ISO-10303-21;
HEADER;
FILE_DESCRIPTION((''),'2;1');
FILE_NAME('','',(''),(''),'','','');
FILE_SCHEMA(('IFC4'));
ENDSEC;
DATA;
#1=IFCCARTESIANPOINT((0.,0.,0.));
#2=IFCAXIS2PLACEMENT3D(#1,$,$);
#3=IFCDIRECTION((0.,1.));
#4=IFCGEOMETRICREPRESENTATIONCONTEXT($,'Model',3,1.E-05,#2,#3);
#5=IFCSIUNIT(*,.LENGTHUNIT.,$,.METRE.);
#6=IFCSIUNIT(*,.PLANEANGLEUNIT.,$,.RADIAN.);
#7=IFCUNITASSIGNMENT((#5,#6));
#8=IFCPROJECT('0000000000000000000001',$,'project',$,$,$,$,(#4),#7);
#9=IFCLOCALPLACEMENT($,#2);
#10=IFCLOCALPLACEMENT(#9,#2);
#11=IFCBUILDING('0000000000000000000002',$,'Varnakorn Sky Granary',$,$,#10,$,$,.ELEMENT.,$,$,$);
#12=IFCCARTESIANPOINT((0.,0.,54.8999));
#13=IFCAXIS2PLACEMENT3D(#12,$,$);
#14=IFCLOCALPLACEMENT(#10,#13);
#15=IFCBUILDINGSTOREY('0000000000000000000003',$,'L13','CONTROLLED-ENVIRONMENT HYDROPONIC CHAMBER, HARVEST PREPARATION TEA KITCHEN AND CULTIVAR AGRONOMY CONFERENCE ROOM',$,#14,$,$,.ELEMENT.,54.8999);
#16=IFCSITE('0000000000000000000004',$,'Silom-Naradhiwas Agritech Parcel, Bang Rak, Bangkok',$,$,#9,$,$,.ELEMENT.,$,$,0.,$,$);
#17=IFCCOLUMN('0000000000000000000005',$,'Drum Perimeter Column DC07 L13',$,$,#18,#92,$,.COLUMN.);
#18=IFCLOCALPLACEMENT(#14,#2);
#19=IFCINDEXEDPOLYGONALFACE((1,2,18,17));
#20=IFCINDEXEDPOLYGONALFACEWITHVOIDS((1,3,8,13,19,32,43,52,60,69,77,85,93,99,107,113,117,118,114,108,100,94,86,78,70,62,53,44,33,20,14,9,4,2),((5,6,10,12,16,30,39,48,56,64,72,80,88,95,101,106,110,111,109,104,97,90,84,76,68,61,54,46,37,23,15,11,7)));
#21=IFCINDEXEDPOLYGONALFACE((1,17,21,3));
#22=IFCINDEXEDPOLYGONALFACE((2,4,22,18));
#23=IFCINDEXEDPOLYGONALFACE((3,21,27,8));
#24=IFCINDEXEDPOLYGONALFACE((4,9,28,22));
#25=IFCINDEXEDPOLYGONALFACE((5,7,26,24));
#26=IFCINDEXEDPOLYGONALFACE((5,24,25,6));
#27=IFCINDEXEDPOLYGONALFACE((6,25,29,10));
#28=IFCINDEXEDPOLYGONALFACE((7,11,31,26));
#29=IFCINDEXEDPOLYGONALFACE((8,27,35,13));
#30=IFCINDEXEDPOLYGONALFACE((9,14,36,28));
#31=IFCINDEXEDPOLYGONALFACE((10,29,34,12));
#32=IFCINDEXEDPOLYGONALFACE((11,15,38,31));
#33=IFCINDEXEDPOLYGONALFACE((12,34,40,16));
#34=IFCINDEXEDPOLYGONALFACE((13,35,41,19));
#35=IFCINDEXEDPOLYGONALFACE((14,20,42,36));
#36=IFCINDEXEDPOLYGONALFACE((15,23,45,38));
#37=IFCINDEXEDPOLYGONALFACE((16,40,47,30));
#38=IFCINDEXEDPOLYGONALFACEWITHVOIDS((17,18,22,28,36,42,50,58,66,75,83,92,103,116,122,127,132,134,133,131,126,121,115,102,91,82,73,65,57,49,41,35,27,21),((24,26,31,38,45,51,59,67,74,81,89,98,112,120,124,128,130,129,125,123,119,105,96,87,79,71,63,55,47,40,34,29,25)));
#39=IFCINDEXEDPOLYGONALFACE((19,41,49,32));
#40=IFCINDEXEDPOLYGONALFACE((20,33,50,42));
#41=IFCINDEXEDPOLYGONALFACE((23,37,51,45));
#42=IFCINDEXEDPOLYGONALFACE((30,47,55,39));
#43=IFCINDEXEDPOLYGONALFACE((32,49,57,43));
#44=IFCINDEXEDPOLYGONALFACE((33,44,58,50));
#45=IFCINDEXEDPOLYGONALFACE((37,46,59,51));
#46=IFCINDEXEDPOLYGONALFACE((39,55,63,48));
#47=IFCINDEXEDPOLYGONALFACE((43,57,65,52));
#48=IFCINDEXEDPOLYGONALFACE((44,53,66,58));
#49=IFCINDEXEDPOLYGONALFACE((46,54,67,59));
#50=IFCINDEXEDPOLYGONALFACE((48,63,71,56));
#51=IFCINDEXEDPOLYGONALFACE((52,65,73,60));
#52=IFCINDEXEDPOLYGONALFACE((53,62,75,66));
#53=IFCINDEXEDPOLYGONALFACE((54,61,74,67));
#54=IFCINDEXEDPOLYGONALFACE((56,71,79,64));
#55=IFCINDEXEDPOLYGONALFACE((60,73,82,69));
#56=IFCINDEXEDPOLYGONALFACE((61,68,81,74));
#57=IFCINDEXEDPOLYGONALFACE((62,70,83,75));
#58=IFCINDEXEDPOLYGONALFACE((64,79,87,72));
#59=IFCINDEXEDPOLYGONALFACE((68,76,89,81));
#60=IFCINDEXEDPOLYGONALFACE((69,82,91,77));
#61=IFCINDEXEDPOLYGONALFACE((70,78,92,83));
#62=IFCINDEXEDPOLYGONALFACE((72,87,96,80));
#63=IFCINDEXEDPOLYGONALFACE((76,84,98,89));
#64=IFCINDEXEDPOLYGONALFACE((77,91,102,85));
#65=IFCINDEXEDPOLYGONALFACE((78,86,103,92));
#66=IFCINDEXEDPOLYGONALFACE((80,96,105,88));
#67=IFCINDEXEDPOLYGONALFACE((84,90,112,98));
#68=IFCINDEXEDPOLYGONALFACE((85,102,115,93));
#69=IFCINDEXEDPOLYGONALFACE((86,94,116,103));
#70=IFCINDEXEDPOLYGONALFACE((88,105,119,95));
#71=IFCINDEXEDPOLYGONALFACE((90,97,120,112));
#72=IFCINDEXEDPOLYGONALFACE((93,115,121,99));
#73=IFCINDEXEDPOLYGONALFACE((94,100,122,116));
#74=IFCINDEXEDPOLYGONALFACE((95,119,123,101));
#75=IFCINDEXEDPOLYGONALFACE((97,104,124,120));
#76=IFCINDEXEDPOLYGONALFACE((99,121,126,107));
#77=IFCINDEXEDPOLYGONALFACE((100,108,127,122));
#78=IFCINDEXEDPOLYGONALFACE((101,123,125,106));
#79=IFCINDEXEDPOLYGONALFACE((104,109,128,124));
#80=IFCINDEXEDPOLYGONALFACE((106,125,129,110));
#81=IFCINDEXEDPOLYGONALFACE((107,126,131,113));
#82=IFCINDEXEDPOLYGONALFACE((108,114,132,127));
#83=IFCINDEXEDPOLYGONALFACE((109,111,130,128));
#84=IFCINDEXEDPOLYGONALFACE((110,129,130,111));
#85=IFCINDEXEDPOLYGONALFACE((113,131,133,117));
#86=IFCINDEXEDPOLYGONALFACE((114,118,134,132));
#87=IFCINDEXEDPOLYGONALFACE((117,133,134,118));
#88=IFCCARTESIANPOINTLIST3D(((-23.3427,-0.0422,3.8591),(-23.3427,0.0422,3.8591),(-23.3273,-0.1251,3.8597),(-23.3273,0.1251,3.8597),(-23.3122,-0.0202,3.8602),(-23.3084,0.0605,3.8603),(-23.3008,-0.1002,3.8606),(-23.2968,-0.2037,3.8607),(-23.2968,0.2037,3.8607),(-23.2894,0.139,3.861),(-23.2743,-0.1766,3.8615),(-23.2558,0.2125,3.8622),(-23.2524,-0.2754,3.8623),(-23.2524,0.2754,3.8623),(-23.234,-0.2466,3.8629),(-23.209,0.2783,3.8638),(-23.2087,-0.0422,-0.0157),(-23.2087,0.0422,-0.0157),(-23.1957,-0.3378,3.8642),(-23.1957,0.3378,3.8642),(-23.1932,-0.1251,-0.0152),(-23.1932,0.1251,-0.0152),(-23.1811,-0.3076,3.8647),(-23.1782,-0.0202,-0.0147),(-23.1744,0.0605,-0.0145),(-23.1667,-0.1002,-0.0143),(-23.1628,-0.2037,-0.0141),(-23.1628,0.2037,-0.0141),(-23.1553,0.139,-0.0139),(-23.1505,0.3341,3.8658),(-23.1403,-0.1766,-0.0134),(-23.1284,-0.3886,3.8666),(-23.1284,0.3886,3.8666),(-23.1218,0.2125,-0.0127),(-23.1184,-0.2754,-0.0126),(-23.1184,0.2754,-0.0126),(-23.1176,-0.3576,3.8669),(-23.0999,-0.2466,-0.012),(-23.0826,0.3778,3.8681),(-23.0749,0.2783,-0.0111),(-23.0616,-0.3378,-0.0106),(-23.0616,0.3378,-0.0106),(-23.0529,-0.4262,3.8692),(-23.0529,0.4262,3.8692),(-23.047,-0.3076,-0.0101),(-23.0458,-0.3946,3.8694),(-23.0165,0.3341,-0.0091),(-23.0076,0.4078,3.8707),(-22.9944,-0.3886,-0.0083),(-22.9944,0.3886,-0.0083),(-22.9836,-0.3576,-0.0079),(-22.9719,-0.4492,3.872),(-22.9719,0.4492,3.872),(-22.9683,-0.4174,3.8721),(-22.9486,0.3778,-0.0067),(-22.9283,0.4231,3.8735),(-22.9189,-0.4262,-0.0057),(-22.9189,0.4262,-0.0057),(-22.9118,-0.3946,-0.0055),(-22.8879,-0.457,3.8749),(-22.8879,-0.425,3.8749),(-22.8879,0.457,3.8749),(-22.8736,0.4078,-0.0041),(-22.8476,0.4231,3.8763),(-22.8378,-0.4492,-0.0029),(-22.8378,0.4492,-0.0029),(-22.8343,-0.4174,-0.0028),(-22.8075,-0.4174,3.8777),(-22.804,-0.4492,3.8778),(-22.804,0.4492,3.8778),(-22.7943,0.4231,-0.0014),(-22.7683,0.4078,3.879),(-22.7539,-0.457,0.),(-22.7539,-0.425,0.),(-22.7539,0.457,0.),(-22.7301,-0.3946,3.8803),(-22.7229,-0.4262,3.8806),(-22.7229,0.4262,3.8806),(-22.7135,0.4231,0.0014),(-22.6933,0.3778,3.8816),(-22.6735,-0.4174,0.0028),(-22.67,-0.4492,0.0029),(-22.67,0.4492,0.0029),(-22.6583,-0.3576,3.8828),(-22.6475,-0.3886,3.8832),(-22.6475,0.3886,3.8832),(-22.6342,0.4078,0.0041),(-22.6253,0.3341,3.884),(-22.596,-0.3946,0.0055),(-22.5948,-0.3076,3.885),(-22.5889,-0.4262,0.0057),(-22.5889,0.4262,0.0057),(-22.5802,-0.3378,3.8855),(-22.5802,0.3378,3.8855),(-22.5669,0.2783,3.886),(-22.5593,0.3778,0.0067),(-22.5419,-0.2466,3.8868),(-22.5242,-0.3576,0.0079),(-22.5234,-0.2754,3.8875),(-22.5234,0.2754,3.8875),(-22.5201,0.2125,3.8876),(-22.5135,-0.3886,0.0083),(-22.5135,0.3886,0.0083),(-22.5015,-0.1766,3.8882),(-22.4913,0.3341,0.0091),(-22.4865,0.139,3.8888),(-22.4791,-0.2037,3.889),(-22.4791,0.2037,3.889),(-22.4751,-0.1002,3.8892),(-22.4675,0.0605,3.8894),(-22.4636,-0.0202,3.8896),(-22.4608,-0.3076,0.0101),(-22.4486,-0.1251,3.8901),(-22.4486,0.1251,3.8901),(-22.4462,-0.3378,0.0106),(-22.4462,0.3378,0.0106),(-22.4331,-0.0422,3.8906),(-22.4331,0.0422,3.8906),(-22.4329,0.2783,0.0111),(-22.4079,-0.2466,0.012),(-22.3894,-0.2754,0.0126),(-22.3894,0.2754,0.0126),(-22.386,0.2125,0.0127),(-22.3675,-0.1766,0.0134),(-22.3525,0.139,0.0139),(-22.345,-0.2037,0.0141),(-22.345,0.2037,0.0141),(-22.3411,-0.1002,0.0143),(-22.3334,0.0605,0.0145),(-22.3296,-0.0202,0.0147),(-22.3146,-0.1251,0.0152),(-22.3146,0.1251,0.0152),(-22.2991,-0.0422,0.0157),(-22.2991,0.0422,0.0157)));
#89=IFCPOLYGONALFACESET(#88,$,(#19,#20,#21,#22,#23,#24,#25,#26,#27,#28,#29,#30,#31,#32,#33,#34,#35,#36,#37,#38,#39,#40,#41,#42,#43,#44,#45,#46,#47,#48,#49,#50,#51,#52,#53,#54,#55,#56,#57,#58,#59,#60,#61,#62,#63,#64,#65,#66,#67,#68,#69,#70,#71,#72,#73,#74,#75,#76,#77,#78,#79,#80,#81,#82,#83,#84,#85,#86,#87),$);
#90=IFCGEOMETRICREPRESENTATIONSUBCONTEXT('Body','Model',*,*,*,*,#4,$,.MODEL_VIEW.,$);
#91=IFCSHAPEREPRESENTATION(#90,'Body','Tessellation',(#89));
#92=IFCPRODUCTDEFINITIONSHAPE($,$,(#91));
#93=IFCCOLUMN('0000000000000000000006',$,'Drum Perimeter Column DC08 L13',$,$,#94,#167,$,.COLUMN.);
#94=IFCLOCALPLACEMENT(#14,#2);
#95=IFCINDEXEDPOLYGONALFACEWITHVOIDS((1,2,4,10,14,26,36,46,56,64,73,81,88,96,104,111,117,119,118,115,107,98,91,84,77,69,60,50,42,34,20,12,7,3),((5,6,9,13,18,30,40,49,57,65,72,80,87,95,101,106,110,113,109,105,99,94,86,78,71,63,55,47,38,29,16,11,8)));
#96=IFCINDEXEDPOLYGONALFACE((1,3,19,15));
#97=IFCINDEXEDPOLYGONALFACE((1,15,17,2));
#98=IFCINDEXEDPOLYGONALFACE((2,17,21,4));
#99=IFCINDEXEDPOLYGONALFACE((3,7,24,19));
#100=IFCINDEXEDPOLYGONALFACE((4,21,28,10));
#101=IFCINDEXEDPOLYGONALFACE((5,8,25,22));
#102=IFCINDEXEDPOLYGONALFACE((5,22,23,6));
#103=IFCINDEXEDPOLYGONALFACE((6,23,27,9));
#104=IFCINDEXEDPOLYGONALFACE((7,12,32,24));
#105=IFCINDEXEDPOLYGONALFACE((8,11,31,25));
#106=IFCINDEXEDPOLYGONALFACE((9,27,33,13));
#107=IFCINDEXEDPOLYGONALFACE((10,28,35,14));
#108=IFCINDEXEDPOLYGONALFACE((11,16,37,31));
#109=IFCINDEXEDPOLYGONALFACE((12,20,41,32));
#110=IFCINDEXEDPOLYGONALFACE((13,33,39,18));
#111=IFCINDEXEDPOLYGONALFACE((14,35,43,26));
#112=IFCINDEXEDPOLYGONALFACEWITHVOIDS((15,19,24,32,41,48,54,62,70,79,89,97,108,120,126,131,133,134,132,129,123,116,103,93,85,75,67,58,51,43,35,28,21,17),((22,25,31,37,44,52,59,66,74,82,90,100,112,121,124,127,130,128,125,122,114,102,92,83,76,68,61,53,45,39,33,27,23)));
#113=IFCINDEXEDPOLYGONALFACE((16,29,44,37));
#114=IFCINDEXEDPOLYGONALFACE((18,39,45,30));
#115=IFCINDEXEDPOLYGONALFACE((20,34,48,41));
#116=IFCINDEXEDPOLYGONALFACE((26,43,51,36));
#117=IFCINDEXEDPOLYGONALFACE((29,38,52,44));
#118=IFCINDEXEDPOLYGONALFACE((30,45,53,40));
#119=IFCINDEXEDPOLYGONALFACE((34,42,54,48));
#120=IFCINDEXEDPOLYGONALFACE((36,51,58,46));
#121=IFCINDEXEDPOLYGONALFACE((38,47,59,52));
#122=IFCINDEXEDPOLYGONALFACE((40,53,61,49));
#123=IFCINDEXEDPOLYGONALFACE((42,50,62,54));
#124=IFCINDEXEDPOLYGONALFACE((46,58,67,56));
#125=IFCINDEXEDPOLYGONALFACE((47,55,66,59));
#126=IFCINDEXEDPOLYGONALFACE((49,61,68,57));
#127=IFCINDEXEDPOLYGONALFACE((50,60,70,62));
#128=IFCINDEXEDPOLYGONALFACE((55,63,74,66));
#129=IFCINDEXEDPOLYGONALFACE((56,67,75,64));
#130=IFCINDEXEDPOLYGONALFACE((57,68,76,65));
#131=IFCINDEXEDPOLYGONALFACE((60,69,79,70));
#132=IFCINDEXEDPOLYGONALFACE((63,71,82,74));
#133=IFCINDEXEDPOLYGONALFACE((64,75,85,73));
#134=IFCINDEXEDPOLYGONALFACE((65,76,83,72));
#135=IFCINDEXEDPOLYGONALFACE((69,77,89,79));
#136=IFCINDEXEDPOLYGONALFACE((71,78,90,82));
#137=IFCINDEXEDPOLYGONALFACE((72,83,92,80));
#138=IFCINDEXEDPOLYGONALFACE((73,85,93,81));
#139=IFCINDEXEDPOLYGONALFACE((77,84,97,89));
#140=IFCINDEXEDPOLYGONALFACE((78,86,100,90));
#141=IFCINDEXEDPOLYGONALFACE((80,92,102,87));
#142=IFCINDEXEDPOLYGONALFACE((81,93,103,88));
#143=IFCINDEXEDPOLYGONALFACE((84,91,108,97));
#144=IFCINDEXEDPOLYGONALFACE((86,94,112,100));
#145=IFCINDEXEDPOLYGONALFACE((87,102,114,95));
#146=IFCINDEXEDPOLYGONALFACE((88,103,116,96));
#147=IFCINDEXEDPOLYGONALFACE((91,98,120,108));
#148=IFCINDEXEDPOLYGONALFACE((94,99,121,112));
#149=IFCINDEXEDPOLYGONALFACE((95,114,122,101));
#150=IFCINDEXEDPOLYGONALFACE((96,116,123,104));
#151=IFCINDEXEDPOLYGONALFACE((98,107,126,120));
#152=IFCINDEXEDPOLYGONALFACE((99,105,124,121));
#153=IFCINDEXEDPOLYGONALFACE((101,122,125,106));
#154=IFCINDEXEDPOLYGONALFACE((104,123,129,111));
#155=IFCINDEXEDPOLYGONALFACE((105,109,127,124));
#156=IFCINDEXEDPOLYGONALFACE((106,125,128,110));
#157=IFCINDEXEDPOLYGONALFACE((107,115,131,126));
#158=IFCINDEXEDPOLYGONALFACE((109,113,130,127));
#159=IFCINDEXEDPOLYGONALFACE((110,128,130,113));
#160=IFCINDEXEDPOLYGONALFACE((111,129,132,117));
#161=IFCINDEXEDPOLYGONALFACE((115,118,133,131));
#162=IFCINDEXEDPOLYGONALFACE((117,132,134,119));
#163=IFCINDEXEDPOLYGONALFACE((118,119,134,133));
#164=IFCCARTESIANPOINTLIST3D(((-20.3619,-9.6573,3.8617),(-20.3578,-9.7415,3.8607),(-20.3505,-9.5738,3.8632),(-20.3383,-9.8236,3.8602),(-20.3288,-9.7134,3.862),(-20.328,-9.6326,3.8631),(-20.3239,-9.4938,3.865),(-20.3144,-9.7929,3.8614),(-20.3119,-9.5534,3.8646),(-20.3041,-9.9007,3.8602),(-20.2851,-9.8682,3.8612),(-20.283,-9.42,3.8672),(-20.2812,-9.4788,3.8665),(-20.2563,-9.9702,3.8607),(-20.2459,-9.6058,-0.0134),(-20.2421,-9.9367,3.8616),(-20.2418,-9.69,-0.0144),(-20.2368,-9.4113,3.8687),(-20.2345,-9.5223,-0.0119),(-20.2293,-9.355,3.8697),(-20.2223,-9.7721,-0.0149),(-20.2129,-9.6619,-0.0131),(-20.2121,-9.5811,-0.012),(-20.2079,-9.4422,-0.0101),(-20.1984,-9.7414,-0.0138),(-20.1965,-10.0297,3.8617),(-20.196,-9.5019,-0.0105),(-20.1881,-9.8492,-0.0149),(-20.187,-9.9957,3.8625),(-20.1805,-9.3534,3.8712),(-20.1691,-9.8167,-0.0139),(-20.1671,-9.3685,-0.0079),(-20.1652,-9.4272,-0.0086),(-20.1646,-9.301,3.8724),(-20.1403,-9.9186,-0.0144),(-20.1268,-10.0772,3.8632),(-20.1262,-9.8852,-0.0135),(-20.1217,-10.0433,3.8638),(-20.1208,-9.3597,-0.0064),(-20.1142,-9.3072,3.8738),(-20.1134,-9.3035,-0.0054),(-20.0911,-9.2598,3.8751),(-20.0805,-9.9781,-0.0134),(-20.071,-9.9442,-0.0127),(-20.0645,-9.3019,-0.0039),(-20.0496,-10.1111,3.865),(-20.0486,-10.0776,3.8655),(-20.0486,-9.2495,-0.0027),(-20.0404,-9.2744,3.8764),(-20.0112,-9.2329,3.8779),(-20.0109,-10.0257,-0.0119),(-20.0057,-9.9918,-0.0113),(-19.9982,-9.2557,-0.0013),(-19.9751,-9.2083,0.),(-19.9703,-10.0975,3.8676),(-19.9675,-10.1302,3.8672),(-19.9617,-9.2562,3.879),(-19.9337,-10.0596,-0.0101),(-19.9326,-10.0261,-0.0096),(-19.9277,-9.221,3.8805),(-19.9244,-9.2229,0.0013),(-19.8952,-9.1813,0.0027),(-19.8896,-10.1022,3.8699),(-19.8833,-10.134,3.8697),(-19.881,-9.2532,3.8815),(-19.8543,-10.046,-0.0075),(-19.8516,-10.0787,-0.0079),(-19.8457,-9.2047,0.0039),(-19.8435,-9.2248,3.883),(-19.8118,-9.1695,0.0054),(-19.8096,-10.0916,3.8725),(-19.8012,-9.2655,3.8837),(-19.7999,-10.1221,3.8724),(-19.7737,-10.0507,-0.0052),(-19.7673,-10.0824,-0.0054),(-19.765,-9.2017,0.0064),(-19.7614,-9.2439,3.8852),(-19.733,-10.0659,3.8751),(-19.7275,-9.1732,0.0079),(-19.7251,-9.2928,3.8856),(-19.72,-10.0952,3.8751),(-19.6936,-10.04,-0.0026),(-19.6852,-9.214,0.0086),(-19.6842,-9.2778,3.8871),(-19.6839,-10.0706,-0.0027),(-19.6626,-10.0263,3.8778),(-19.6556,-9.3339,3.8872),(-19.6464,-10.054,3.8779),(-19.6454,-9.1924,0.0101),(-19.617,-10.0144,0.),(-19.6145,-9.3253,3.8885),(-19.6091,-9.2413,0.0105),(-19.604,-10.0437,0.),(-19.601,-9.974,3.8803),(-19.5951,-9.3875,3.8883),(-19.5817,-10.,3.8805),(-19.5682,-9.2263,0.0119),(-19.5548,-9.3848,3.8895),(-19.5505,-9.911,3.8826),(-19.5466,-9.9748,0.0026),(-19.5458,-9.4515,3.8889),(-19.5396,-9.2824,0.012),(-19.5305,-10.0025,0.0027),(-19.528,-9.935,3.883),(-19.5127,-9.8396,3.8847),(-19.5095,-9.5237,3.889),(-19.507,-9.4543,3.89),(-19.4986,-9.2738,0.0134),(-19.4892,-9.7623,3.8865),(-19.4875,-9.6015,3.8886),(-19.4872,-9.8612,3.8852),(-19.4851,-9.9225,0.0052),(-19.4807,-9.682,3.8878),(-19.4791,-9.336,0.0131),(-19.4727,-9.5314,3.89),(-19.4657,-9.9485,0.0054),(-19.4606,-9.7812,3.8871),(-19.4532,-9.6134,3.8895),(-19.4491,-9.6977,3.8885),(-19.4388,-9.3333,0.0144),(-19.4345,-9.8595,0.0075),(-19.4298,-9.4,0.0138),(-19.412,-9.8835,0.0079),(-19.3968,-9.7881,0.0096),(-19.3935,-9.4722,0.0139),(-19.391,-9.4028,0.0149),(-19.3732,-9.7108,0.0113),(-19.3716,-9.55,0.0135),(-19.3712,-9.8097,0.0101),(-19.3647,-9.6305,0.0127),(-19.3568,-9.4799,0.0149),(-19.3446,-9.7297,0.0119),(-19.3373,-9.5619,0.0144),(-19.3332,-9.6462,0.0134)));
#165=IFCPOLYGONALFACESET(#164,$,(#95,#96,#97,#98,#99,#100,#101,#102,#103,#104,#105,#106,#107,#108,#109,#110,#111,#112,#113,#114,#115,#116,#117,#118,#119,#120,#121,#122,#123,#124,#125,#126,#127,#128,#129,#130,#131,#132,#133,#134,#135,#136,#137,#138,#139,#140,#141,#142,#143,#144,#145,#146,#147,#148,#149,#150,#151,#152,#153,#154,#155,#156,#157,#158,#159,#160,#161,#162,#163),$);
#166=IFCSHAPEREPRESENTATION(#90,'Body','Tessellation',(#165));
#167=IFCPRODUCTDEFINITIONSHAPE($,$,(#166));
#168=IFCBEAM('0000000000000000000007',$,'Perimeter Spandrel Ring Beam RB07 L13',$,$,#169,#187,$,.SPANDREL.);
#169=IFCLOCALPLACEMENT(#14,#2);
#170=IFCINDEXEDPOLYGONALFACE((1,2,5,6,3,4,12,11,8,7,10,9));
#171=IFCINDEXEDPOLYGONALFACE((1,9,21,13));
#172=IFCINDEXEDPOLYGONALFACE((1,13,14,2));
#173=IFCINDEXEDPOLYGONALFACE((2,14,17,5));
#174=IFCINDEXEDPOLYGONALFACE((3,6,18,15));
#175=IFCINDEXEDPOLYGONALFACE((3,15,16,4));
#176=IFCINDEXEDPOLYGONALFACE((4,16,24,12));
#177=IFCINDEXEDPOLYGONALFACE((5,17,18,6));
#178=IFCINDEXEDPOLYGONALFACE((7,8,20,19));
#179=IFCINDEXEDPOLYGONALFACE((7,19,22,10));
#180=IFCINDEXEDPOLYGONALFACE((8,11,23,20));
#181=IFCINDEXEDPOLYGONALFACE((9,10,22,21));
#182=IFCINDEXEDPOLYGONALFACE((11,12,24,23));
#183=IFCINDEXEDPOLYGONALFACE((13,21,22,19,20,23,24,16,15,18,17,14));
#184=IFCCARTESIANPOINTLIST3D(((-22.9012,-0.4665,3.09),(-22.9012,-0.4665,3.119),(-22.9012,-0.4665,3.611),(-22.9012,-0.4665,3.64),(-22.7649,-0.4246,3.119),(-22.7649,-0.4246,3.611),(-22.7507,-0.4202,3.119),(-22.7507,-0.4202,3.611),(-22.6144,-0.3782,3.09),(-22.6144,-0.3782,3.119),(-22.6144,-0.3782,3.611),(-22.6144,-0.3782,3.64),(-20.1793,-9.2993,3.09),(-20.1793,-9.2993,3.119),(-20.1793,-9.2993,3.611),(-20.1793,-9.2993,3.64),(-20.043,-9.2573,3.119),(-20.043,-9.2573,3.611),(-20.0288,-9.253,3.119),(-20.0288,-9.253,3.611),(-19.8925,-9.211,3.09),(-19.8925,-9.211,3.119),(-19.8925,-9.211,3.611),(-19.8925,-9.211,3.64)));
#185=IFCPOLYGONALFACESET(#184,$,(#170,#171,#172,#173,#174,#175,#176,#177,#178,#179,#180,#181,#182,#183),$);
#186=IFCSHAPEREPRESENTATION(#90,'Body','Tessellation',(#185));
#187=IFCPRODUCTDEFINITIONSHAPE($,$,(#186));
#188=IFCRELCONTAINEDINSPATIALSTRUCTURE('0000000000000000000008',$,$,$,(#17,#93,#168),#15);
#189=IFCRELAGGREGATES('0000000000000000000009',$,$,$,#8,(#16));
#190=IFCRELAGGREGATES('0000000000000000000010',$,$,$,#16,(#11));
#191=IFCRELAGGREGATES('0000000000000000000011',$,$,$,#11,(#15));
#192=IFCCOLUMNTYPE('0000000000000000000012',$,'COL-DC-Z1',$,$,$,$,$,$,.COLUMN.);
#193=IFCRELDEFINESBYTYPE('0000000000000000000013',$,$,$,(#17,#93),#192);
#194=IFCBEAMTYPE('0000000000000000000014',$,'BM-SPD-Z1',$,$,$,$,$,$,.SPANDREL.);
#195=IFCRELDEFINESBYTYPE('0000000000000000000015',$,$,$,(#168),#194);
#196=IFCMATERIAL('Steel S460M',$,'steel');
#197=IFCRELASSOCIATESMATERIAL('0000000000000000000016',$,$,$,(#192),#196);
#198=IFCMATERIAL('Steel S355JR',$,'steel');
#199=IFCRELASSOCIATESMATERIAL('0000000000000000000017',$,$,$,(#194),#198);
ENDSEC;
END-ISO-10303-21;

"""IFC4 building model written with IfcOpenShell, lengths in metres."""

from ifc_helpers import new_model, si_unit, direction, frame, origin, origin_2d, place, context, subcontext, project, spatial, hollow_circle, i_section, extrude, material, material_profile, profile_set, type_object, element, save


model = new_model("IFC4")

# Units and contexts
model_context = context("Model", 3, precision=1e-05, world=origin(), true_north=direction((0.0, 1.0)))
body_context = subcontext(model_context, "Body", "Model", "MODEL_VIEW")
ifc_project = project(units=[si_unit("LENGTHUNIT", "METRE"), si_unit("PLANEANGLEUNIT", "RADIAN")], contexts=[model_context])

# Site, building, storey
site_placement = place(None, origin())
site = spatial("IfcSite", under=ifc_project, at=site_placement, Name="Silom-Naradhiwas Agritech Parcel, Bang Rak, Bangkok", CompositionType="ELEMENT", RefElevation=0.0)
building_placement = place(site_placement, origin())
building = spatial("IfcBuilding", under=site, at=building_placement, Name="Varnakorn Sky Granary", CompositionType="ELEMENT")
storey_placement = place(building_placement, frame((0.0, 0.0, 54.8999)))
storey = spatial("IfcBuildingStorey", under=building, at=storey_placement, Name="L13", Description="CONTROLLED-ENVIRONMENT HYDROPONIC CHAMBER, HARVEST PREPARATION TEA KITCHEN AND CULTIVAR AGRONOMY CONFERENCE ROOM", CompositionType="ELEMENT", Elevation=54.8999)

# Columns
ifc_material_1 = material(Name="Steel S460M", Category="steel")
ifc_material_profile_1 = material_profile(ifc_material_1, hollow_circle(Radius=0.457, WallThickness=0.032, at=origin_2d()), Name="CHS 914x32")
ifc_profile_set_1 = profile_set([ifc_material_profile_1], Name="Steel S460M")
column_type = type_object("IfcColumnType", Name="COL-DC-Z1", PredefinedType="COLUMN", material=ifc_profile_set_1)
for number, where, z_axis, x_axis, name in (
    (1, (-22.7539, 0.0, 0.0), (-0.034569, 0.0, 0.999402), (0.0, -1.0, 0.0), "Drum Perimeter Column DC07 L13"),
    (2, (-19.7896, -9.626, 0.0), (-0.029911, -0.013287, 0.999464), (0.40596, -0.913891, 0.0), "Drum Perimeter Column DC08 L13"),
):
    element("IfcColumn", number, at=place(storey_placement, frame(where, z_axis=z_axis, x_axis=x_axis)), inside=storey, type_object=column_type, Name=name, PredefinedType="COLUMN", context=body_context, shape_type="SweptSolid", body=[
        extrude(hollow_circle(Radius=0.457, WallThickness=0.032, at=origin_2d()), origin(), (0.0, 0.0, 1.0), 3.8772),
    ])

# Beam
ifc_material_2 = material(Name="Steel S355JR", Category="steel")
ifc_material_profile_2 = material_profile(ifc_material_2, i_section(OverallWidth=0.3, OverallDepth=0.55, WebThickness=0.0149, FlangeThickness=0.0291, at=origin_2d()), Name="HE 550 B")
ifc_profile_set_2 = profile_set([ifc_material_profile_2], Name="Steel S355JR")
beam_type = type_object("IfcBeamType", Name="BM-SPD-Z1", PredefinedType="SPANDREL", material=ifc_profile_set_2)
beam_1_placement = place(storey_placement, frame((-22.7578, -0.4224, 3.365), z_axis=(0.294496, -0.955653, 0.0), x_axis=(0.955653, 0.294496, 0.0)))
element("IfcBeam", 3, at=beam_1_placement, inside=storey, type_object=beam_type, Name="Perimeter Spandrel Ring Beam RB07 L13", PredefinedType="SPANDREL", context=body_context, shape_type="SweptSolid", body=[
    extrude(i_section(OverallWidth=0.3, OverallDepth=0.55, WebThickness=0.0149, FlangeThickness=0.0291, at=origin_2d()), origin(), (0.0, 0.0, 1.0), 9.2427),
])

save(model, "model.ifc")
